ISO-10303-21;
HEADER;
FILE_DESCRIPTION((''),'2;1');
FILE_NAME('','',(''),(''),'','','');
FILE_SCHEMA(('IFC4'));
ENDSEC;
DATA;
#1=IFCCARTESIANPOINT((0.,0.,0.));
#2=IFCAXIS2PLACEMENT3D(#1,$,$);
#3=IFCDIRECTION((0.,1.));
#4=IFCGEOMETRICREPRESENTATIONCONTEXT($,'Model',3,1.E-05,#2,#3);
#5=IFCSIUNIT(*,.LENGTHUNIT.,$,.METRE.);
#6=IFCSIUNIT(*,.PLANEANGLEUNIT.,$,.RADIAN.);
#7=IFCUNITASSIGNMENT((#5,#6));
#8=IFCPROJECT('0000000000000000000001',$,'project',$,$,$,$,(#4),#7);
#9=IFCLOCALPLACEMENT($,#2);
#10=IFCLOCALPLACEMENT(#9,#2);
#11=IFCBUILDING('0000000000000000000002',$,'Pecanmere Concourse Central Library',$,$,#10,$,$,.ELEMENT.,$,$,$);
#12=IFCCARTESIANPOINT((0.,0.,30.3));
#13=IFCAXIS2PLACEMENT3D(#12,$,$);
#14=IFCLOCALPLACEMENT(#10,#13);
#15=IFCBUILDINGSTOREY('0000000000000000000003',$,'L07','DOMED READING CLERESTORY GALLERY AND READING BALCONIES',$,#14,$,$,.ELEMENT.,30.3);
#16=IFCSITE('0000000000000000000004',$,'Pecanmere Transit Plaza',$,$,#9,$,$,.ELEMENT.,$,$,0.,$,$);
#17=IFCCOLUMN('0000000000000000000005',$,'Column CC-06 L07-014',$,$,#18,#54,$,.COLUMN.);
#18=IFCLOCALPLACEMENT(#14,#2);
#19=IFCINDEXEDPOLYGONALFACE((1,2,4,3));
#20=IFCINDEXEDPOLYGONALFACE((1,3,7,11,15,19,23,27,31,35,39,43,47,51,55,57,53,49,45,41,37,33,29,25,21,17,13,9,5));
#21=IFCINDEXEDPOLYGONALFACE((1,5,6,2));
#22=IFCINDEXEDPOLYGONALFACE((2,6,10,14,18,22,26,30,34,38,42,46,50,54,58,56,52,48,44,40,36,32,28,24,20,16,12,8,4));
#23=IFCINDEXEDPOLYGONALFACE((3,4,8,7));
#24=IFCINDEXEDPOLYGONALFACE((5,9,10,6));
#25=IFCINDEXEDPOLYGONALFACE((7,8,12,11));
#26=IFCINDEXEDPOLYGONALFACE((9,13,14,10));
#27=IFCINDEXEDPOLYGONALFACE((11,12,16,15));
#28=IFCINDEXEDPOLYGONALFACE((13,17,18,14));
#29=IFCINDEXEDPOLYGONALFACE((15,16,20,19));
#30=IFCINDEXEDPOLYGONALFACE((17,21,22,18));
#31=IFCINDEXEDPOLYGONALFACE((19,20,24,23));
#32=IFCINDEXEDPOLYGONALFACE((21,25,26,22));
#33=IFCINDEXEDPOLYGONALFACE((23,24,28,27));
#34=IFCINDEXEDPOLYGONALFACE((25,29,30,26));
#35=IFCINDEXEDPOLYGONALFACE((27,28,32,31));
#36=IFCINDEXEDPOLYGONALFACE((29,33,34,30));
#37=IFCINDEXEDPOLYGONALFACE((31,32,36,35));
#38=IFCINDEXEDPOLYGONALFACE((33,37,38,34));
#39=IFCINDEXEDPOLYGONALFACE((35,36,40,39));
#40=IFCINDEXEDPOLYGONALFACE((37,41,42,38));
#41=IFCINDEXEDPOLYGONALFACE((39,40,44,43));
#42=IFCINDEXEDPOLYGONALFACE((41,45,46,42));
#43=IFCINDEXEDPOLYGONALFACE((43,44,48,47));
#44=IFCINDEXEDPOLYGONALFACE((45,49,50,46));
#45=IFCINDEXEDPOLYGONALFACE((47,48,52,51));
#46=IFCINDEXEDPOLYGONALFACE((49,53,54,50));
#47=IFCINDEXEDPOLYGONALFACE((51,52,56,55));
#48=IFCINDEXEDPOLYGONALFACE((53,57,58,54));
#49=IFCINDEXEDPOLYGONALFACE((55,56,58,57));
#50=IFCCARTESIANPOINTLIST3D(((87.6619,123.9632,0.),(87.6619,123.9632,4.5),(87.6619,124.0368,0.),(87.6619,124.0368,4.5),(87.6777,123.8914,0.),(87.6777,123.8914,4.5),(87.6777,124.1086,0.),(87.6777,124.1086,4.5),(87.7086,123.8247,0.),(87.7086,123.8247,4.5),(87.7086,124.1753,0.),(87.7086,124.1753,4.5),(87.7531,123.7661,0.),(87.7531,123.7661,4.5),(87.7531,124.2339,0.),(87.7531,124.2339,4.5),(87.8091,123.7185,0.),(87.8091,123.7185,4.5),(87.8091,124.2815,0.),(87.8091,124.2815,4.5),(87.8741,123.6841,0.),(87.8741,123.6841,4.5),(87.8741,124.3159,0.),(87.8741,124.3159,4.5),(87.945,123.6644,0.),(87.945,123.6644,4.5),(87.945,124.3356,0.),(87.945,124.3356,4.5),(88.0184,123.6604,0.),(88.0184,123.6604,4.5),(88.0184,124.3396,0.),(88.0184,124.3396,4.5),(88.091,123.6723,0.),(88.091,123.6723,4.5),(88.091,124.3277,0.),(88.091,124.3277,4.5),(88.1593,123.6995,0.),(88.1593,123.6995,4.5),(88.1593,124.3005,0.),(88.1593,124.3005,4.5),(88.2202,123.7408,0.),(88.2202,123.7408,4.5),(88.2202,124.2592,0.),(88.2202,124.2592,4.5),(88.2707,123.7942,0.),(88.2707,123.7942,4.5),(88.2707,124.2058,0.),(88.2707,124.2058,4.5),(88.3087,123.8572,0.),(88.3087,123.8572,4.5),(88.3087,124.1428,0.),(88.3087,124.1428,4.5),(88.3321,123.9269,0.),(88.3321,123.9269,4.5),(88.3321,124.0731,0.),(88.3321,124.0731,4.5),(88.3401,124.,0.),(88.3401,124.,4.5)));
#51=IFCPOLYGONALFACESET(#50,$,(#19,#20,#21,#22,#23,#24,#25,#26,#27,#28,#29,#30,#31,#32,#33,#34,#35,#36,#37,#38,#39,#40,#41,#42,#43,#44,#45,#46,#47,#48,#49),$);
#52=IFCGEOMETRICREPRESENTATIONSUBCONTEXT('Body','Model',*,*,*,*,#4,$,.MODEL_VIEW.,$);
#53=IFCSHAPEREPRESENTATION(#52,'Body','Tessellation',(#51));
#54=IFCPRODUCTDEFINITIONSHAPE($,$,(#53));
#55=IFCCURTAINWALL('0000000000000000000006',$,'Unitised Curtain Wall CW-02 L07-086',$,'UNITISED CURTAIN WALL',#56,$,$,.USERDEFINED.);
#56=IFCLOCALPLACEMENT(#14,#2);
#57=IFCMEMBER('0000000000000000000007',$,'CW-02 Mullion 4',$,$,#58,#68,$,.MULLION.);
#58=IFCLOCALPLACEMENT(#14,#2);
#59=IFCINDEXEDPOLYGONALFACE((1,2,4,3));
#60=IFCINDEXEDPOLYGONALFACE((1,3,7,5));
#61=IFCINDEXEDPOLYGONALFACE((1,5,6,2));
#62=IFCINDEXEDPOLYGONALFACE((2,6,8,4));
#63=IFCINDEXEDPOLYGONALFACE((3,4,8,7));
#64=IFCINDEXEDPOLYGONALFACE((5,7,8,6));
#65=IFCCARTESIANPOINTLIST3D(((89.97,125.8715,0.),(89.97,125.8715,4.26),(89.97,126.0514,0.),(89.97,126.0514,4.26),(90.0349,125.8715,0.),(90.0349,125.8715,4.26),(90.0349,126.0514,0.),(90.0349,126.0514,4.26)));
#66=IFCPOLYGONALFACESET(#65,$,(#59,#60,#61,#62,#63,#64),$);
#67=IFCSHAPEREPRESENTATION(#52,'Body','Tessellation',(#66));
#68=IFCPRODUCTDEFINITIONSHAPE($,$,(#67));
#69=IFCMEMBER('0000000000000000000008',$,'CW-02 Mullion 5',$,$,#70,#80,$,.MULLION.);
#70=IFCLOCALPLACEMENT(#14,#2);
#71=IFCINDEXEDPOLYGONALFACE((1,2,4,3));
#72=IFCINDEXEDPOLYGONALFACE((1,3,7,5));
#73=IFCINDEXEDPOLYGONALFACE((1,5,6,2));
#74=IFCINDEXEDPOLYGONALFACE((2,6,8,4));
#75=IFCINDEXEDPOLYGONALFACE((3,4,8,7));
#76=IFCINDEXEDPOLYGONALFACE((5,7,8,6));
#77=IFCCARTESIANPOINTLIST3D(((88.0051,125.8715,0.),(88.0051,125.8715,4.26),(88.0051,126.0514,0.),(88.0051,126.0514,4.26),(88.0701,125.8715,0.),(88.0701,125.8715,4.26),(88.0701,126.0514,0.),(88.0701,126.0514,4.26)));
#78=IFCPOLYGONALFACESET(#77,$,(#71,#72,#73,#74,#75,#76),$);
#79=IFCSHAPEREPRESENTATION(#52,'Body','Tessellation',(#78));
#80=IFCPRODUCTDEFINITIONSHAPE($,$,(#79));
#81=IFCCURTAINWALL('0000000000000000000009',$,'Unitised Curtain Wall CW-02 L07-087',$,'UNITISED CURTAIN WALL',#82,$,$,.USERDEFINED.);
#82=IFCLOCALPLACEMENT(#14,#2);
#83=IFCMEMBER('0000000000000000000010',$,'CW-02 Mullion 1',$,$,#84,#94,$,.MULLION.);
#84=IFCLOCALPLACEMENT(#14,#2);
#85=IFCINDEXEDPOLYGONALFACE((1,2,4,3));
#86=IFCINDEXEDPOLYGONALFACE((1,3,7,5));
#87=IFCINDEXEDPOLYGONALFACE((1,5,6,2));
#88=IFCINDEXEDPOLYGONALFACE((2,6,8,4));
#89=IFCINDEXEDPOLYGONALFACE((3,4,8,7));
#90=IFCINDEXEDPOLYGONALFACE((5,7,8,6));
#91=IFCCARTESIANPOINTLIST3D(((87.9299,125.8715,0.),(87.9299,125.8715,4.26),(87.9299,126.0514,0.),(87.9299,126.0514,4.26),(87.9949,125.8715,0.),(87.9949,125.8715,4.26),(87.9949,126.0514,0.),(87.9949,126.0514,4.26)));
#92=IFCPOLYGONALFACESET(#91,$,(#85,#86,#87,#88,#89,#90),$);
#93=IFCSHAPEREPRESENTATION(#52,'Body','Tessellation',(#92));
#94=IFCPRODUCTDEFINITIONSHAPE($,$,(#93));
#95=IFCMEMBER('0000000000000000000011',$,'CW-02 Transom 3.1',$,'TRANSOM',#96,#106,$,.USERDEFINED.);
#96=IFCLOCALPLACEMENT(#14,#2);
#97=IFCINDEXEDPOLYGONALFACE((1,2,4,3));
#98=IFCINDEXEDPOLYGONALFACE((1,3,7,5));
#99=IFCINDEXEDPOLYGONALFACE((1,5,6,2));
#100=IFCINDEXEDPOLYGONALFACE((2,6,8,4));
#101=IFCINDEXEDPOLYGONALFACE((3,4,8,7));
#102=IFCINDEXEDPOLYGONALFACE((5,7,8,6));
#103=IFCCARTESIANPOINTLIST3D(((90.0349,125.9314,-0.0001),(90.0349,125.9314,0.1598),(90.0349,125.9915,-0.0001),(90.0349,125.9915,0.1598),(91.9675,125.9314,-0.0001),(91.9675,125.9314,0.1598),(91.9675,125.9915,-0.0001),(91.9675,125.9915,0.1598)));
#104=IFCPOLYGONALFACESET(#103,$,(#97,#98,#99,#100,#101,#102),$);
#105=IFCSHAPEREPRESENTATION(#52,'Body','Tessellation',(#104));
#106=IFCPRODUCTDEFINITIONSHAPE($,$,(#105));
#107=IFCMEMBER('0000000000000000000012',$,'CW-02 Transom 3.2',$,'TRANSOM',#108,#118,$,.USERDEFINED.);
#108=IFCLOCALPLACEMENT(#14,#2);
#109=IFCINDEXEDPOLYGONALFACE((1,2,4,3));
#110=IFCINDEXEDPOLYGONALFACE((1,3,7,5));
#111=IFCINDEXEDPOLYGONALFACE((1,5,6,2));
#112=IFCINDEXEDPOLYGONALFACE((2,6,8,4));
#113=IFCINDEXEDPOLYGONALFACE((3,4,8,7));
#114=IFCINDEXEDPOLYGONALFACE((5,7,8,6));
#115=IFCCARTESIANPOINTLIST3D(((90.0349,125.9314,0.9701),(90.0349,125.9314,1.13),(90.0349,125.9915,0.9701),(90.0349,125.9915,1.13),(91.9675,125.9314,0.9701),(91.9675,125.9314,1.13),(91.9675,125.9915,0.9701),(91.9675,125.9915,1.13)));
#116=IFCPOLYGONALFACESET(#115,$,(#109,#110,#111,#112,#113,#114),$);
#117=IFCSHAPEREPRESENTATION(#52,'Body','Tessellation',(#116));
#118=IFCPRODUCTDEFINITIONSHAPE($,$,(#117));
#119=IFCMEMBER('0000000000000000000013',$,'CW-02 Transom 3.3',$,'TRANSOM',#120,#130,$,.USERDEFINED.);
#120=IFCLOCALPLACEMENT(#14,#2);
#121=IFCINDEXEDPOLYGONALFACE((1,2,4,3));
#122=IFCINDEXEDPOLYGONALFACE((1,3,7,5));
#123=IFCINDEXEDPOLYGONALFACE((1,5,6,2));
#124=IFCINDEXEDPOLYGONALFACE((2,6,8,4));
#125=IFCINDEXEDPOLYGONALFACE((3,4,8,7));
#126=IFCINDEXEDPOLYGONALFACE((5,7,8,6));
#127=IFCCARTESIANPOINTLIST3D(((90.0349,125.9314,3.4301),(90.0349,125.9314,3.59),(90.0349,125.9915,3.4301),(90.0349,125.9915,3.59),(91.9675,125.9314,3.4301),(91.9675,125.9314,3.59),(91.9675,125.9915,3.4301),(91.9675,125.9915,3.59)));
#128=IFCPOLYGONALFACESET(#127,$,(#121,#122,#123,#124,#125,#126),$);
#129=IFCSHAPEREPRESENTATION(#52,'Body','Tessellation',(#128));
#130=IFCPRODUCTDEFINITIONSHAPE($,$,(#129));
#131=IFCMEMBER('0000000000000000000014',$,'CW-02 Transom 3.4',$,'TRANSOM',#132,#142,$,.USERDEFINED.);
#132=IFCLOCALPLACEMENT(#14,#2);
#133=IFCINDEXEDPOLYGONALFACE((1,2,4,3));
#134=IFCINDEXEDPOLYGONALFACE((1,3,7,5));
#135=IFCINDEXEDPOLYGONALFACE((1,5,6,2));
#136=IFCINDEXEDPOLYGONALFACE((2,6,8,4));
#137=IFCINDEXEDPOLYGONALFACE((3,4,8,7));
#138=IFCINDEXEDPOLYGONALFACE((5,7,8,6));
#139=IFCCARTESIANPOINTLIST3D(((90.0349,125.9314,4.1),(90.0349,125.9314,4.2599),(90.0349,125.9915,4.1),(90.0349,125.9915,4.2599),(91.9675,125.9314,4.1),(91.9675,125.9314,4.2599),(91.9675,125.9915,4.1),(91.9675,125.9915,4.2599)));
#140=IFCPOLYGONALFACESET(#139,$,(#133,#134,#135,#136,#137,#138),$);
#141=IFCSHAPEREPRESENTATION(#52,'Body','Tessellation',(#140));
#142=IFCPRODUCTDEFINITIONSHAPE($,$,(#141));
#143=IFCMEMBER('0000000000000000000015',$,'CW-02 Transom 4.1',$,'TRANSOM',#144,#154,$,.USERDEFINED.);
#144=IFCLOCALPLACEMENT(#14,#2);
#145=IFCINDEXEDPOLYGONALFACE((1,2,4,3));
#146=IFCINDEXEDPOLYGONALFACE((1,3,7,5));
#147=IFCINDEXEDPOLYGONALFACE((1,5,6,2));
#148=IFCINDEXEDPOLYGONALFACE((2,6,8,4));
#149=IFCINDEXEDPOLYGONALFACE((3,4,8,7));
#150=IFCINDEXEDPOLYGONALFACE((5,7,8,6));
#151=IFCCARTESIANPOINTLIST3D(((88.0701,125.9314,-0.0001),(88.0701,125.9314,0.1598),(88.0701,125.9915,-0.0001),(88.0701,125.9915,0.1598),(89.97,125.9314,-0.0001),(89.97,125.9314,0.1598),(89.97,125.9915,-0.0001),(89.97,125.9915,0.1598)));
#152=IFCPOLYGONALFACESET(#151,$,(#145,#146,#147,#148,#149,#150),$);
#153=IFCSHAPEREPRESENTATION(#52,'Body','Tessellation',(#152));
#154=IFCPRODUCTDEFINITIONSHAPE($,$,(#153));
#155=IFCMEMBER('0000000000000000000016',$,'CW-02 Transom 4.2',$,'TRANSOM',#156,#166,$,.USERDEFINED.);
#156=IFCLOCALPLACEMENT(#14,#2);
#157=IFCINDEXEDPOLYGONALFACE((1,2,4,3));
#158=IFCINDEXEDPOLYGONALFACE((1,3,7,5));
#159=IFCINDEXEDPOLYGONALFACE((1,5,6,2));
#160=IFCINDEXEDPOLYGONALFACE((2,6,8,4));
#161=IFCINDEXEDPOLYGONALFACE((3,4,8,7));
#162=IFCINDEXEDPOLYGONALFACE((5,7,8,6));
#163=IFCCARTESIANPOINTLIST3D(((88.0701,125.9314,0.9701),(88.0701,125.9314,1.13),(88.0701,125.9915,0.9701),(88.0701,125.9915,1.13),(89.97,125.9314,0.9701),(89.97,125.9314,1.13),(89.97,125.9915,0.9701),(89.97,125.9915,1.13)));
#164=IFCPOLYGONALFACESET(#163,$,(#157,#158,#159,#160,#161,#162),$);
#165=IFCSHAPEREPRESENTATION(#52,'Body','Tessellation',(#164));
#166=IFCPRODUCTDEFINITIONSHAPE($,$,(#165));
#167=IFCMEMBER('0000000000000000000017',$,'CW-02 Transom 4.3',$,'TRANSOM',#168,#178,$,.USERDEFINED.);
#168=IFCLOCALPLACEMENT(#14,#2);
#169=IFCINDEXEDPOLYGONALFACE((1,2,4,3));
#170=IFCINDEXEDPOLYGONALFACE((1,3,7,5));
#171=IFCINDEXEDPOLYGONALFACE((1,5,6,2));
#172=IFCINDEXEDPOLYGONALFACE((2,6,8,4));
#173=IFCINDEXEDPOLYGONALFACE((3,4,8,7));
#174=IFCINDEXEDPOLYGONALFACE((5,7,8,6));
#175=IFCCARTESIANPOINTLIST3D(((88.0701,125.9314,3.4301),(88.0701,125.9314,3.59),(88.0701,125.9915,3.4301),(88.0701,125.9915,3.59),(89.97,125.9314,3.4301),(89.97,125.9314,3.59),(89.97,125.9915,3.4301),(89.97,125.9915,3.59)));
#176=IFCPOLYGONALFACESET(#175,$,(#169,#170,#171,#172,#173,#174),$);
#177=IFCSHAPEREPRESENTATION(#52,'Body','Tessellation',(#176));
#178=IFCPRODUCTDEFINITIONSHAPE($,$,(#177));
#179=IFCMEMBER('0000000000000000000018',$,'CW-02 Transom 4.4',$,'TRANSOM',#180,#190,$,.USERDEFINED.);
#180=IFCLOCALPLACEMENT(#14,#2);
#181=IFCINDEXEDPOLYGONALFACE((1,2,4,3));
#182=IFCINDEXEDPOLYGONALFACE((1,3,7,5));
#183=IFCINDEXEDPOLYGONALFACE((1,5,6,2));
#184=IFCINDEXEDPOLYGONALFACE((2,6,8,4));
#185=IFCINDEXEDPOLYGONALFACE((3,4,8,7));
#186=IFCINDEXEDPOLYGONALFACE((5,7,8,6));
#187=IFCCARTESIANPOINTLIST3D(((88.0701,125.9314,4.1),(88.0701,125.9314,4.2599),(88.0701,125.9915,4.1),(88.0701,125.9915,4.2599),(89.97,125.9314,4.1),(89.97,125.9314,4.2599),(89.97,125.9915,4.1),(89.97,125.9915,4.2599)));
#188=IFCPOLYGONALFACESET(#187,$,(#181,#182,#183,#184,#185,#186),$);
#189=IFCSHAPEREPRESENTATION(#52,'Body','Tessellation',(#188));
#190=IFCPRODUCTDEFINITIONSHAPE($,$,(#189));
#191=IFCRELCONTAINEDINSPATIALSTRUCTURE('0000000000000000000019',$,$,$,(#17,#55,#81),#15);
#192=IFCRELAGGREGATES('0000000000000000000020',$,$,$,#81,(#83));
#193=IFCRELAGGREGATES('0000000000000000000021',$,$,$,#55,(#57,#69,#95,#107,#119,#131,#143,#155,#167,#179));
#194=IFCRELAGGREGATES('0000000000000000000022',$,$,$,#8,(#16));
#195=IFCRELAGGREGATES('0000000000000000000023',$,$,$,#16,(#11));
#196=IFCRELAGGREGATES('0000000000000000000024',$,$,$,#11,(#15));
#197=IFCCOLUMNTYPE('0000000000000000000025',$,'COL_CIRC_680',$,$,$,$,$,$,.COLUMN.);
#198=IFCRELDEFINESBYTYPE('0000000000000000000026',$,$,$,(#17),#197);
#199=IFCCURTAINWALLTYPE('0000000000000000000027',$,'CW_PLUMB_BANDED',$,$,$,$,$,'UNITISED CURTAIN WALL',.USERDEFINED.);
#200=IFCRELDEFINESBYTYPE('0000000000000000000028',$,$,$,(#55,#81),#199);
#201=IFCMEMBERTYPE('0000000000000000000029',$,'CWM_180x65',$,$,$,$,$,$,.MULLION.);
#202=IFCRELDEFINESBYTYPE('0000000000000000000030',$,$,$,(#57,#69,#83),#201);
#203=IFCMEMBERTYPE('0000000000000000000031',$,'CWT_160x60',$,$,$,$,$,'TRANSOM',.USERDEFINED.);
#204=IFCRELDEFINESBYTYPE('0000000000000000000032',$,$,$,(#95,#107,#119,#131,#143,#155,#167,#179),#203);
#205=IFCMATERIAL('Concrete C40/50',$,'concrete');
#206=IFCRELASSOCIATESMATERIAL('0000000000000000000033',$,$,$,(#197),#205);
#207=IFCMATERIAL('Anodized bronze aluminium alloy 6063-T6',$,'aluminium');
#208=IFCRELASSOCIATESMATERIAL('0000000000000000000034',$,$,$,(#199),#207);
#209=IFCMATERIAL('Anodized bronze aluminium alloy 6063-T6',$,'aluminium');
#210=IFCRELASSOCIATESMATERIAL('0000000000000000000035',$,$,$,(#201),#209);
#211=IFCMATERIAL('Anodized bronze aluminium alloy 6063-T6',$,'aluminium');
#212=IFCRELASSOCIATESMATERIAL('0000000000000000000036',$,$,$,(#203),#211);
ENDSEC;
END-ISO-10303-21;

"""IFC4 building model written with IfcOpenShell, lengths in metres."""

from ifc_helpers import new_model, si_unit, direction, frame, origin, origin_2d, place, context, subcontext, project, spatial, rectangle, circle, extrude, material, material_profile, profile_set, type_object, element, aggregate, save


model = new_model("IFC4")

# Units and contexts
model_context = context("Model", 3, precision=1e-05, world=origin(), true_north=direction((0.0, 1.0)))
body_context = subcontext(model_context, "Body", "Model", "MODEL_VIEW")
ifc_project = project(units=[si_unit("LENGTHUNIT", "METRE"), si_unit("PLANEANGLEUNIT", "RADIAN")], contexts=[model_context])

# Site, building, storey
site_placement = place(None, origin())
site = spatial("IfcSite", under=ifc_project, at=site_placement, Name="Pecanmere Transit Plaza", CompositionType="ELEMENT", RefElevation=0.0)
building_placement = place(site_placement, origin())
building = spatial("IfcBuilding", under=site, at=building_placement, Name="Pecanmere Concourse Central Library", CompositionType="ELEMENT")
storey_placement = place(building_placement, frame((0.0, 0.0, 30.3)))
storey = spatial("IfcBuildingStorey", under=building, at=storey_placement, Name="L07", Description="DOMED READING CLERESTORY GALLERY AND READING BALCONIES", CompositionType="ELEMENT", Elevation=30.3)

# Column
ifc_material_1 = material(Name="Concrete C40/50", Category="concrete")
ifc_material_profile_1 = material_profile(ifc_material_1, circle(Radius=0.3401, at=origin_2d()), Name="RC D680")
ifc_profile_set_1 = profile_set([ifc_material_profile_1], Name="Concrete C40/50")
column_type = type_object("IfcColumnType", Name="COL_CIRC_680", PredefinedType="COLUMN", material=ifc_profile_set_1)
column_placement = place(storey_placement, frame((88.0, 124.0, 0.0), z_axis=(0.0, 0.0, 1.0), x_axis=(1.0, 0.0, 0.0)))
element("IfcColumn", 1, at=column_placement, inside=storey, type_object=column_type, Name="Column CC-06 L07-014", PredefinedType="COLUMN", context=body_context, shape_type="SweptSolid", body=[
    extrude(circle(Radius=0.3401, at=origin_2d()), origin(), (0.0, 0.0, 1.0), 4.5),
])

# Curtain wall, members
ifc_material_2 = material(Name="Anodized bronze aluminium alloy 6063-T6", Category="aluminium")
curtain_wall_type = type_object("IfcCurtainWallType", Name="CW_PLUMB_BANDED", ElementType="UNITISED CURTAIN WALL", PredefinedType="USERDEFINED", material=ifc_material_2)
curtain_wall_1_placement = place(storey_placement, origin())
curtain_wall_1 = element("IfcCurtainWall", 2, at=curtain_wall_1_placement, inside=storey, type_object=curtain_wall_type, Name="Unitised Curtain Wall CW-02 L07-086", ObjectType="UNITISED CURTAIN WALL", PredefinedType="USERDEFINED")
ifc_material_3 = material(Name="Anodized bronze aluminium alloy 6063-T6", Category="aluminium")
ifc_material_profile_2 = material_profile(ifc_material_3, rectangle(XDim=0.0649, YDim=0.1799, at=origin_2d()), Name="AL 65x180")
ifc_profile_set_2 = profile_set([ifc_material_profile_2], Name="Anodized bronze aluminium alloy 6063-T6")
member_type_1 = type_object("IfcMemberType", Name="CWM_180x65", PredefinedType="MULLION", material=ifc_profile_set_2)
member_1_placement = place(storey_placement, frame((90.0024, 125.9614, 0.0), z_axis=(0.0, 0.0, 1.0), x_axis=(-1.0, 0.0, 0.0)))
member_1 = element("IfcMember", 3, at=member_1_placement, type_object=member_type_1, Name="CW-02 Mullion 4", PredefinedType="MULLION", context=body_context, shape_type="SweptSolid", body=[
    extrude(rectangle(XDim=0.0649, YDim=0.1799, at=origin_2d()), origin(), (0.0, 0.0, 1.0), 4.26),
])
member_2_placement = place(storey_placement, frame((88.0376, 125.9614, 0.0), z_axis=(0.0, 0.0, 1.0), x_axis=(-1.0, 0.0, 0.0)))
member_2 = element("IfcMember", 4, at=member_2_placement, type_object=member_type_1, Name="CW-02 Mullion 5", PredefinedType="MULLION", context=body_context, shape_type="SweptSolid", body=[
    extrude(rectangle(XDim=0.0649, YDim=0.1799, at=origin_2d()), origin(), (0.0, 0.0, 1.0), 4.26),
])

# Curtain wall, member
curtain_wall_2_placement = place(storey_placement, origin())
curtain_wall_2 = element("IfcCurtainWall", 5, at=curtain_wall_2_placement, inside=storey, type_object=curtain_wall_type, Name="Unitised Curtain Wall CW-02 L07-087", ObjectType="UNITISED CURTAIN WALL", PredefinedType="USERDEFINED")
member_3_placement = place(storey_placement, frame((87.9624, 125.9614, 0.0), z_axis=(0.0, 0.0, 1.0), x_axis=(-1.0, 0.0, 0.0)))
member_3 = element("IfcMember", 6, at=member_3_placement, type_object=member_type_1, Name="CW-02 Mullion 1", PredefinedType="MULLION", context=body_context, shape_type="SweptSolid", body=[
    extrude(rectangle(XDim=0.0649, YDim=0.1799, at=origin_2d()), origin(), (0.0, 0.0, 1.0), 4.26),
])

# Members
ifc_material_4 = material(Name="Anodized bronze aluminium alloy 6063-T6", Category="aluminium")
ifc_material_profile_3 = material_profile(ifc_material_4, rectangle(XDim=0.0601, YDim=0.1599, at=origin_2d()), Name="AL 60x160")
ifc_profile_set_3 = profile_set([ifc_material_profile_3], Name="Anodized bronze aluminium alloy 6063-T6")
member_type_2 = type_object("IfcMemberType", Name="CWT_160x60", ElementType="TRANSOM", PredefinedType="USERDEFINED", material=ifc_profile_set_3)
member_4_placement = place(storey_placement, frame((91.9675, 125.9614, 0.0798), z_axis=(-1.0, 0.0, 0.0), x_axis=(0.0, -1.0, 0.0)))
member_4 = element("IfcMember", 7, at=member_4_placement, type_object=member_type_2, Name="CW-02 Transom 3.1", ObjectType="TRANSOM", PredefinedType="USERDEFINED", context=body_context, shape_type="SweptSolid", body=[
    extrude(rectangle(XDim=0.0601, YDim=0.1599, at=origin_2d()), origin(), (0.0, 0.0, 1.0), 1.9326),
])
member_5_placement = place(storey_placement, frame((91.9675, 125.9614, 1.05), z_axis=(-1.0, 0.0, 0.0), x_axis=(0.0, -1.0, 0.0)))
member_5 = element("IfcMember", 8, at=member_5_placement, type_object=member_type_2, Name="CW-02 Transom 3.2", ObjectType="TRANSOM", PredefinedType="USERDEFINED", context=body_context, shape_type="SweptSolid", body=[
    extrude(rectangle(XDim=0.0601, YDim=0.1599, at=origin_2d()), origin(), (0.0, 0.0, 1.0), 1.9326),
])
member_6_placement = place(storey_placement, frame((91.9675, 125.9614, 3.51), z_axis=(-1.0, 0.0, 0.0), x_axis=(0.0, -1.0, 0.0)))
member_6 = element("IfcMember", 9, at=member_6_placement, type_object=member_type_2, Name="CW-02 Transom 3.3", ObjectType="TRANSOM", PredefinedType="USERDEFINED", context=body_context, shape_type="SweptSolid", body=[
    extrude(rectangle(XDim=0.0601, YDim=0.1599, at=origin_2d()), origin(), (0.0, 0.0, 1.0), 1.9326),
])
member_7_placement = place(storey_placement, frame((91.9675, 125.9614, 4.1799), z_axis=(-1.0, 0.0, 0.0), x_axis=(0.0, -1.0, 0.0)))
member_7 = element("IfcMember", 10, at=member_7_placement, type_object=member_type_2, Name="CW-02 Transom 3.4", ObjectType="TRANSOM", PredefinedType="USERDEFINED", context=body_context, shape_type="SweptSolid", body=[
    extrude(rectangle(XDim=0.0601, YDim=0.1599, at=origin_2d()), origin(), (0.0, 0.0, 1.0), 1.9326),
])
member_8_placement = place(storey_placement, frame((89.97, 125.9614, 0.0798), z_axis=(-1.0, 0.0, 0.0), x_axis=(0.0, -1.0, 0.0)))
member_8 = element("IfcMember", 11, at=member_8_placement, type_object=member_type_2, Name="CW-02 Transom 4.1", ObjectType="TRANSOM", PredefinedType="USERDEFINED", context=body_context, shape_type="SweptSolid", body=[
    extrude(rectangle(XDim=0.0601, YDim=0.1599, at=origin_2d()), origin(), (0.0, 0.0, 1.0), 1.8999),
])
member_9_placement = place(storey_placement, frame((89.97, 125.9614, 1.05), z_axis=(-1.0, 0.0, 0.0), x_axis=(0.0, -1.0, 0.0)))
member_9 = element("IfcMember", 12, at=member_9_placement, type_object=member_type_2, Name="CW-02 Transom 4.2", ObjectType="TRANSOM", PredefinedType="USERDEFINED", context=body_context, shape_type="SweptSolid", body=[
    extrude(rectangle(XDim=0.0601, YDim=0.1599, at=origin_2d()), origin(), (0.0, 0.0, 1.0), 1.8999),
])
member_10_placement = place(storey_placement, frame((89.97, 125.9614, 3.51), z_axis=(-1.0, 0.0, 0.0), x_axis=(0.0, -1.0, 0.0)))
member_10 = element("IfcMember", 13, at=member_10_placement, type_object=member_type_2, Name="CW-02 Transom 4.3", ObjectType="TRANSOM", PredefinedType="USERDEFINED", context=body_context, shape_type="SweptSolid", body=[
    extrude(rectangle(XDim=0.0601, YDim=0.1599, at=origin_2d()), origin(), (0.0, 0.0, 1.0), 1.8999),
])
member_11_placement = place(storey_placement, frame((89.97, 125.9614, 4.1799), z_axis=(-1.0, 0.0, 0.0), x_axis=(0.0, -1.0, 0.0)))
member_11 = element("IfcMember", 14, at=member_11_placement, type_object=member_type_2, Name="CW-02 Transom 4.4", ObjectType="TRANSOM", PredefinedType="USERDEFINED", context=body_context, shape_type="SweptSolid", body=[
    extrude(rectangle(XDim=0.0601, YDim=0.1599, at=origin_2d()), origin(), (0.0, 0.0, 1.0), 1.8999),
])
aggregate(curtain_wall_2, [member_3])

aggregate(curtain_wall_1, [member_1, member_2, member_4, member_5, member_6, member_7, member_8, member_9, member_10, member_11])

save(model, "model.ifc")
